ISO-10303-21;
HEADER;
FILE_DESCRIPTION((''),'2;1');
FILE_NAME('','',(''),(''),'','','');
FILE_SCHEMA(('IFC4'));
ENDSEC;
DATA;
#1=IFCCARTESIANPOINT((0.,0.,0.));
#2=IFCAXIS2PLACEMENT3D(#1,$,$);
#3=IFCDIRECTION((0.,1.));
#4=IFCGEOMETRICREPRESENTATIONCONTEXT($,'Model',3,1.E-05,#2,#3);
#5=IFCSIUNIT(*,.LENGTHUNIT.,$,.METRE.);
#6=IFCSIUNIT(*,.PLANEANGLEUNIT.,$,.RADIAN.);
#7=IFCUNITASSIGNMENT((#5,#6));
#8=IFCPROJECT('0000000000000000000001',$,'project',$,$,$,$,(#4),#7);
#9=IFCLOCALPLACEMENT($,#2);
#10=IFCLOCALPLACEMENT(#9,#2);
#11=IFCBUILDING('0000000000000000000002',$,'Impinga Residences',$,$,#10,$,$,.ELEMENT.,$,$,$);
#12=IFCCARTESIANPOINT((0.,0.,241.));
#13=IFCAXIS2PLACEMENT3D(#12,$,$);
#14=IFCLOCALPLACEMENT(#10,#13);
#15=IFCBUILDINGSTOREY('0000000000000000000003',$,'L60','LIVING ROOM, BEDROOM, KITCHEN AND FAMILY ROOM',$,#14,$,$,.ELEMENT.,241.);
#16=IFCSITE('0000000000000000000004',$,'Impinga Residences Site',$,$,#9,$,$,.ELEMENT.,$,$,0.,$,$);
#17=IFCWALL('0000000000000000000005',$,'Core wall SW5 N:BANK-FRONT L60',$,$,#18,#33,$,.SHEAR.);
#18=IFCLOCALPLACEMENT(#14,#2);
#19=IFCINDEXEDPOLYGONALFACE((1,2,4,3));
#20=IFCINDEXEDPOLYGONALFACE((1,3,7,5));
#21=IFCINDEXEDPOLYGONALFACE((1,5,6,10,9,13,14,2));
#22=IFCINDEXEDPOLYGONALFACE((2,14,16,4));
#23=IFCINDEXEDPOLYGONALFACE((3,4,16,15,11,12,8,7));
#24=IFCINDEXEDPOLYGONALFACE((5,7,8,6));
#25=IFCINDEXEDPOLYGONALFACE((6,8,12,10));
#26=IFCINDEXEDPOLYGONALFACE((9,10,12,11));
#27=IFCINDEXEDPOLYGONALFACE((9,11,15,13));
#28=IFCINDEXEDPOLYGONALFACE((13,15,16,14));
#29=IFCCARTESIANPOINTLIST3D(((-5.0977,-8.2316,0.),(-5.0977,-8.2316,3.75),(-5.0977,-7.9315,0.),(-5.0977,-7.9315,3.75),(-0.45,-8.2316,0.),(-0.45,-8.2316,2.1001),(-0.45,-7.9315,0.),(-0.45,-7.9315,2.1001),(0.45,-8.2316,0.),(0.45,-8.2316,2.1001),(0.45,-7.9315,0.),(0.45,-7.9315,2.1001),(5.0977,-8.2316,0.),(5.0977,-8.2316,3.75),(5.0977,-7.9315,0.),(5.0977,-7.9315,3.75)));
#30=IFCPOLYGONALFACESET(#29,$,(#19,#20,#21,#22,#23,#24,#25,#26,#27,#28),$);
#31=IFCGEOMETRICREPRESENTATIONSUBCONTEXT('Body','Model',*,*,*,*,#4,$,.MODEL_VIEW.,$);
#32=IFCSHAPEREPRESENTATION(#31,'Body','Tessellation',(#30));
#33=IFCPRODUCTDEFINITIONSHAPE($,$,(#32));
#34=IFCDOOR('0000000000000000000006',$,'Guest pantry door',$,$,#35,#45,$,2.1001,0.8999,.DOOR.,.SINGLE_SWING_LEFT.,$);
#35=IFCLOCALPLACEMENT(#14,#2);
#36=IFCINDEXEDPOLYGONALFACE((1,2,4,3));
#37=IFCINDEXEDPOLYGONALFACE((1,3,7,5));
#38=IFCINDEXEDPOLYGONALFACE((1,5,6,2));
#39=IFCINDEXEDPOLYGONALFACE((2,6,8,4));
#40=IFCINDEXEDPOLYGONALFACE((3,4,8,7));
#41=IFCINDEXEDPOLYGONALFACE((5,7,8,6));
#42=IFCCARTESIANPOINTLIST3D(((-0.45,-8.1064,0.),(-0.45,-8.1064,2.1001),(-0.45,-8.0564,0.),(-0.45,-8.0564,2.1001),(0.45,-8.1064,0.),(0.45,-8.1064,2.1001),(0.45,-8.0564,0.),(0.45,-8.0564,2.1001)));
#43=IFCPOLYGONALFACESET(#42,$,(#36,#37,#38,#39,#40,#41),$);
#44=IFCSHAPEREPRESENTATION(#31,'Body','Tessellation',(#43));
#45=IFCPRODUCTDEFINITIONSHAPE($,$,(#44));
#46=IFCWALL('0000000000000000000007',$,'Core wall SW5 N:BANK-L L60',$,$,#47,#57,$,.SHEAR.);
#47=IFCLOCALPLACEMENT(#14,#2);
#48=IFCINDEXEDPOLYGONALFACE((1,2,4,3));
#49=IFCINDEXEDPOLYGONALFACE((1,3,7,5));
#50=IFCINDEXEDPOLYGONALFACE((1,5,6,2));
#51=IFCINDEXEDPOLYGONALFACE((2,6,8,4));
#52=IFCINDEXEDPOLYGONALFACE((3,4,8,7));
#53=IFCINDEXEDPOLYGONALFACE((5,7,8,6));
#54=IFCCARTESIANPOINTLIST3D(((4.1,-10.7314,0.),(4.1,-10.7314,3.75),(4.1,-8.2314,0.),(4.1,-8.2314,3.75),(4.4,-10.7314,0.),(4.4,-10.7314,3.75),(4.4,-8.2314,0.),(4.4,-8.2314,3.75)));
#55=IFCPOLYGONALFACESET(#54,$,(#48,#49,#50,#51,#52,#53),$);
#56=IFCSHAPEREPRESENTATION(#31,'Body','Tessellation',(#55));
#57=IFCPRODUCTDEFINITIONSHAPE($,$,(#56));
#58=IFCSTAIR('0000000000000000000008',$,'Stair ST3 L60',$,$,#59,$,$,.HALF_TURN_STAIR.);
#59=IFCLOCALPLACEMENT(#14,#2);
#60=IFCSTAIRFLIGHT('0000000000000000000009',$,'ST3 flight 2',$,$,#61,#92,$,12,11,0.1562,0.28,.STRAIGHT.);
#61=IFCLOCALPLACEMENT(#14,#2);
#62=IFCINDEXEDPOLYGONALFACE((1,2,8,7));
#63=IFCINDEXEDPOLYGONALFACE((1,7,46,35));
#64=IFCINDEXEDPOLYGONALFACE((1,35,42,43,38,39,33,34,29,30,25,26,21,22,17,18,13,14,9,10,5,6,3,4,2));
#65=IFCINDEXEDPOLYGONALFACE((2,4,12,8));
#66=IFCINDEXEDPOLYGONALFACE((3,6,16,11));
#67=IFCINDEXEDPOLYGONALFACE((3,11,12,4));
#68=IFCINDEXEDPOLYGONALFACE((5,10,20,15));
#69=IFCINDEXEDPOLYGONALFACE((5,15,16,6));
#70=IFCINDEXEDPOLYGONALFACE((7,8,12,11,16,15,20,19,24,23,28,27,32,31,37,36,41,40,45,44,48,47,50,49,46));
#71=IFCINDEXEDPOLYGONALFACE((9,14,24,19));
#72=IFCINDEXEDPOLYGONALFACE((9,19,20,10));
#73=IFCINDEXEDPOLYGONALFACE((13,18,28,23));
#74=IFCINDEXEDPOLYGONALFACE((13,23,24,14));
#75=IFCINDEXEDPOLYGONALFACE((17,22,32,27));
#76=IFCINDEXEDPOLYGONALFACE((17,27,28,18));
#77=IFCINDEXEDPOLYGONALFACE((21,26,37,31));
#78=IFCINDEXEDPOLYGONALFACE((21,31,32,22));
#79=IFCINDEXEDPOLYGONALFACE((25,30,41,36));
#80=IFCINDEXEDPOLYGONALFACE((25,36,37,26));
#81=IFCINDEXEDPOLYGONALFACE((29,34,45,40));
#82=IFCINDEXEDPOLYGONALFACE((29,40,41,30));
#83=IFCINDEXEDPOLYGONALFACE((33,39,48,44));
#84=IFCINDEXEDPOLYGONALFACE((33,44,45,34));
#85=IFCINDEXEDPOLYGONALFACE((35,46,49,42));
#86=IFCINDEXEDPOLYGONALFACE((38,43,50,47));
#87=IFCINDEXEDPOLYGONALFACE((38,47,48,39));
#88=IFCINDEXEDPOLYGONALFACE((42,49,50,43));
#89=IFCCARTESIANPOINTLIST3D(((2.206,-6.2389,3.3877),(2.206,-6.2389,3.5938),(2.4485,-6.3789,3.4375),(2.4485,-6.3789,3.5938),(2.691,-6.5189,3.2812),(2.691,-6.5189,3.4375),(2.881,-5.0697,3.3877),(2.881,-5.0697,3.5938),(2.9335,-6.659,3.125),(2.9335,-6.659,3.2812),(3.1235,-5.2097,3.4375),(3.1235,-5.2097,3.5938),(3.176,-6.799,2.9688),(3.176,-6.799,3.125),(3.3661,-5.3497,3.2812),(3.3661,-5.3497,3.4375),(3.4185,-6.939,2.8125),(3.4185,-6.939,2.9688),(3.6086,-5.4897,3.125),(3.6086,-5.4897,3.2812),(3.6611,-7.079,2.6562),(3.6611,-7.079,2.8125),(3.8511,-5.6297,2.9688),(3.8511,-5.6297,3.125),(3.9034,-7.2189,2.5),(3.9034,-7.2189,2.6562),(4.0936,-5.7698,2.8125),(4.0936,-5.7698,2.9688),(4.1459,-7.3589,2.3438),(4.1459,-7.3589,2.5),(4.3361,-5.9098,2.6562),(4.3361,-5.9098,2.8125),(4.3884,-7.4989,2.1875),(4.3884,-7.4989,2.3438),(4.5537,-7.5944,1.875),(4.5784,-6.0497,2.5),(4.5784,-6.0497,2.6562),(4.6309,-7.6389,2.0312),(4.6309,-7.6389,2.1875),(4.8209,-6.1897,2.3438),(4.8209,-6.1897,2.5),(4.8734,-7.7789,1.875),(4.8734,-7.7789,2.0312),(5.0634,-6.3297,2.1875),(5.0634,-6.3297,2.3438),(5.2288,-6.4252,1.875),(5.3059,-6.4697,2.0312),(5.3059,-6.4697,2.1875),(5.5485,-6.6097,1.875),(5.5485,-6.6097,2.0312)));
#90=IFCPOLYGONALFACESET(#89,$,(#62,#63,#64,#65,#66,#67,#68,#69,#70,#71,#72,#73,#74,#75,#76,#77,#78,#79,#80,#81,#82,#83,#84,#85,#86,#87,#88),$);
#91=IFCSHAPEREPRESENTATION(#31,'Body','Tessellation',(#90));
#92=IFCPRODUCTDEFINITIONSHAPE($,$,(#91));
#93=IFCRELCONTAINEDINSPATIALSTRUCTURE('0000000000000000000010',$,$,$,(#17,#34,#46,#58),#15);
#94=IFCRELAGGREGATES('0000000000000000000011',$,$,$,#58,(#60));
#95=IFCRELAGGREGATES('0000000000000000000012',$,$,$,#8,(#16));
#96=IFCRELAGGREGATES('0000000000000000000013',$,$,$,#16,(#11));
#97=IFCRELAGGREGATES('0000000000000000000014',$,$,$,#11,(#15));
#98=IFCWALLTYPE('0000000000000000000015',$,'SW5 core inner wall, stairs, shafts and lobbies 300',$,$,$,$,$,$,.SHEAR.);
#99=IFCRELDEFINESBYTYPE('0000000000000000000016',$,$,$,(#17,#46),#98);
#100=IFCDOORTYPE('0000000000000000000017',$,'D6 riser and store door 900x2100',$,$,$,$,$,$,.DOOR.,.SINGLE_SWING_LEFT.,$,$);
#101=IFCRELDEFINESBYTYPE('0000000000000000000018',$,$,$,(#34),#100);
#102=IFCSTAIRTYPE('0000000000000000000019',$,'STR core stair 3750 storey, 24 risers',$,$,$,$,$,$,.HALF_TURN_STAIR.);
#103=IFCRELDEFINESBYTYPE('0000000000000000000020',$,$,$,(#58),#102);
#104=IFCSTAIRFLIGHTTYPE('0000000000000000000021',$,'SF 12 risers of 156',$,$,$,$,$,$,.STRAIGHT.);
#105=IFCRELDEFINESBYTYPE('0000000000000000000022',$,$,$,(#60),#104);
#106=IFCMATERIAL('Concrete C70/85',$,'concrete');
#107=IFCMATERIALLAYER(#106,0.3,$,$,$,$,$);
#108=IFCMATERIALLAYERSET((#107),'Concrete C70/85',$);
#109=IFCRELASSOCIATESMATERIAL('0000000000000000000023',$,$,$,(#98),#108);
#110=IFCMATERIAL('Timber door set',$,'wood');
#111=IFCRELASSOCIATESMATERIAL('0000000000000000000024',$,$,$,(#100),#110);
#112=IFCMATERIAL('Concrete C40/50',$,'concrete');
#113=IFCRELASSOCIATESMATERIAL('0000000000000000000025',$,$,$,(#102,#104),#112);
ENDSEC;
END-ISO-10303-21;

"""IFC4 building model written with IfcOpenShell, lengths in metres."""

from ifc_helpers import new_model, si_unit, direction, frame, frame_2d, origin, place, context, subcontext, project, spatial, polyline, rectangle, outline, extrude, material, layer, layer_set, type_object, element, fill, aggregate, save


model = new_model("IFC4")

# Units and contexts
model_context = context("Model", 3, precision=1e-05, world=origin(), true_north=direction((0.0, 1.0)))
body_context = subcontext(model_context, "Body", "Model", "MODEL_VIEW")
ifc_project = project(units=[si_unit("LENGTHUNIT", "METRE"), si_unit("PLANEANGLEUNIT", "RADIAN")], contexts=[model_context])

# Site, building, storey
site_placement = place(None, origin())
site = spatial("IfcSite", under=ifc_project, at=site_placement, Name="Impinga Residences Site", CompositionType="ELEMENT", RefElevation=0.0)
building_placement = place(site_placement, origin())
building = spatial("IfcBuilding", under=site, at=building_placement, Name="Impinga Residences", CompositionType="ELEMENT")
storey_placement = place(building_placement, frame((0.0, 0.0, 241.0)))
storey = spatial("IfcBuildingStorey", under=building, at=storey_placement, Name="L60", Description="LIVING ROOM, BEDROOM, KITCHEN AND FAMILY ROOM", CompositionType="ELEMENT", Elevation=241.0)

# Shared definitions
ifc_material_1 = material(Name="Timber door set", Category="wood")

# Wall, opening, door
ifc_material_2 = material(Name="Concrete C70/85", Category="concrete")
ifc_layer_1 = layer(ifc_material_2, 0.3)
ifc_layer_set_1 = layer_set([ifc_layer_1], Name="Concrete C70/85")
wall_type_1 = type_object("IfcWallType", Name="SW5 core inner wall, stairs, shafts and lobbies 300", PredefinedType="SHEAR", material=ifc_layer_set_1)
wall_1_placement = place(storey_placement, frame((5.0977, -8.0815, 0.0), z_axis=(0.0, 0.0, 1.0), x_axis=(-1.0, 0.0, 0.0)))
wall_1 = element("IfcWall", 1, at=wall_1_placement, inside=storey, type_object=wall_type_1, Name="Core wall SW5 N:BANK-FRONT L60", PredefinedType="SHEAR", context=body_context, shape_type="SweptSolid", body=[
    extrude(rectangle(XDim=10.1953, YDim=0.3, at=frame_2d((5.0977, 0.0))), origin(), (0.0, 0.0, 1.0), 3.75),
])
opening_1_placement = place(wall_1_placement, frame((4.6477, 0.0, 0.0)))
opening_1 = element("IfcOpeningElement", 2, at=opening_1_placement, cuts=wall_1, PredefinedType="OPENING", context=body_context, shape_type="SweptSolid", body=[
    extrude(rectangle(XDim=0.8999, YDim=2.1001, at=frame_2d((0.45, 1.05))), frame((0.0, 0.1599, 0.0), z_axis=(0.0, -1.0, 0.0), x_axis=(1.0, 0.0, 0.0)), (0.0, 0.0, 1.0), 0.3201),
])
door_type_1 = type_object("IfcDoorType", Name="D6 riser and store door 900x2100", OperationType="SINGLE_SWING_LEFT", PredefinedType="DOOR", material=ifc_material_1)
door_1_placement = place(opening_1_placement, origin())
door_1 = element("IfcDoor", 3, at=door_1_placement, inside=storey, type_object=door_type_1, Name="Guest pantry door", OperationType="SINGLE_SWING_LEFT", OverallHeight=2.1001, OverallWidth=0.8999, PredefinedType="DOOR", context=body_context, shape_type="SweptSolid", body=[
    extrude(rectangle(XDim=0.8999, YDim=2.1001, at=frame_2d((0.45, 1.05))), frame((0.0, 0.0249, 0.0), z_axis=(0.0, -1.0, 0.0), x_axis=(1.0, 0.0, 0.0)), (0.0, 0.0, 1.0), 0.05),
])
fill(opening_1, door_1)

# Wall
wall_2_placement = place(storey_placement, frame((4.25, -8.2314, 0.0), z_axis=(0.0, 0.0, 1.0), x_axis=(0.0, -1.0, 0.0)))
element("IfcWall", 4, at=wall_2_placement, inside=storey, type_object=wall_type_1, Name="Core wall SW5 N:BANK-L L60", PredefinedType="SHEAR", context=body_context, shape_type="SweptSolid", body=[
    extrude(rectangle(XDim=2.5, YDim=0.3, at=frame_2d((1.25, 0.0))), origin(), (0.0, 0.0, 1.0), 3.75),
])

# Stair, stair flight
ifc_material_3 = material(Name="Concrete C40/50", Category="concrete")
stair_type = type_object("IfcStairType", Name="STR core stair 3750 storey, 24 risers", PredefinedType="HALF_TURN_STAIR", material=ifc_material_3)
stair_placement = place(storey_placement, origin())
stair = element("IfcStair", 5, at=stair_placement, inside=storey, type_object=stair_type, Name="Stair ST3 L60", PredefinedType="HALF_TURN_STAIR")
stair_flight_type = type_object("IfcStairFlightType", Name="SF 12 risers of 156", PredefinedType="STRAIGHT", material=ifc_material_3)
stair_flight_placement = place(storey_placement, frame((5.2109, -7.1943, 1.875), z_axis=(0.0, 0.0, 1.0), x_axis=(-0.866025, 0.5, 0.0)))
stair_flight = element("IfcStairFlight", 6, at=stair_flight_placement, type_object=stair_flight_type, Name="ST3 flight 2", NumberOfRisers=12, NumberOfTreads=11, PredefinedType="STRAIGHT", RiserHeight=0.1562, TreadLength=0.28, context=body_context, shape_type="SweptSolid", body=[
    extrude(outline(polyline([(0.0, 0.0), (0.0, 0.1562), (0.28, 0.1562), (0.28, 0.3125), (0.5601, 0.3125), (0.5601, 0.4688), (0.8401, 0.4688), (0.8401, 0.625), (1.1201, 0.625), (1.1201, 0.7812), (1.3999, 0.7812), (1.3999, 0.9375), (1.6799, 0.9375), (1.6799, 1.0938), (1.96, 1.0938), (1.96, 1.25), (2.24, 1.25), (2.24, 1.4062), (2.52, 1.4062), (2.52, 1.5625), (2.8, 1.5625), (2.8, 1.7188), (3.0801, 1.7188), (3.0801, 1.875), (3.0801, 1.5127), (0.3691, 0.0), (0.0, 0.0)])), frame((0.0, 0.675, 0.0), z_axis=(0.0, -1.0, 0.0), x_axis=(1.0, 0.0, 0.0)), (0.0, 0.0, 1.0), 1.3501),
])
aggregate(stair, [stair_flight])

save(model, "model.ifc")
